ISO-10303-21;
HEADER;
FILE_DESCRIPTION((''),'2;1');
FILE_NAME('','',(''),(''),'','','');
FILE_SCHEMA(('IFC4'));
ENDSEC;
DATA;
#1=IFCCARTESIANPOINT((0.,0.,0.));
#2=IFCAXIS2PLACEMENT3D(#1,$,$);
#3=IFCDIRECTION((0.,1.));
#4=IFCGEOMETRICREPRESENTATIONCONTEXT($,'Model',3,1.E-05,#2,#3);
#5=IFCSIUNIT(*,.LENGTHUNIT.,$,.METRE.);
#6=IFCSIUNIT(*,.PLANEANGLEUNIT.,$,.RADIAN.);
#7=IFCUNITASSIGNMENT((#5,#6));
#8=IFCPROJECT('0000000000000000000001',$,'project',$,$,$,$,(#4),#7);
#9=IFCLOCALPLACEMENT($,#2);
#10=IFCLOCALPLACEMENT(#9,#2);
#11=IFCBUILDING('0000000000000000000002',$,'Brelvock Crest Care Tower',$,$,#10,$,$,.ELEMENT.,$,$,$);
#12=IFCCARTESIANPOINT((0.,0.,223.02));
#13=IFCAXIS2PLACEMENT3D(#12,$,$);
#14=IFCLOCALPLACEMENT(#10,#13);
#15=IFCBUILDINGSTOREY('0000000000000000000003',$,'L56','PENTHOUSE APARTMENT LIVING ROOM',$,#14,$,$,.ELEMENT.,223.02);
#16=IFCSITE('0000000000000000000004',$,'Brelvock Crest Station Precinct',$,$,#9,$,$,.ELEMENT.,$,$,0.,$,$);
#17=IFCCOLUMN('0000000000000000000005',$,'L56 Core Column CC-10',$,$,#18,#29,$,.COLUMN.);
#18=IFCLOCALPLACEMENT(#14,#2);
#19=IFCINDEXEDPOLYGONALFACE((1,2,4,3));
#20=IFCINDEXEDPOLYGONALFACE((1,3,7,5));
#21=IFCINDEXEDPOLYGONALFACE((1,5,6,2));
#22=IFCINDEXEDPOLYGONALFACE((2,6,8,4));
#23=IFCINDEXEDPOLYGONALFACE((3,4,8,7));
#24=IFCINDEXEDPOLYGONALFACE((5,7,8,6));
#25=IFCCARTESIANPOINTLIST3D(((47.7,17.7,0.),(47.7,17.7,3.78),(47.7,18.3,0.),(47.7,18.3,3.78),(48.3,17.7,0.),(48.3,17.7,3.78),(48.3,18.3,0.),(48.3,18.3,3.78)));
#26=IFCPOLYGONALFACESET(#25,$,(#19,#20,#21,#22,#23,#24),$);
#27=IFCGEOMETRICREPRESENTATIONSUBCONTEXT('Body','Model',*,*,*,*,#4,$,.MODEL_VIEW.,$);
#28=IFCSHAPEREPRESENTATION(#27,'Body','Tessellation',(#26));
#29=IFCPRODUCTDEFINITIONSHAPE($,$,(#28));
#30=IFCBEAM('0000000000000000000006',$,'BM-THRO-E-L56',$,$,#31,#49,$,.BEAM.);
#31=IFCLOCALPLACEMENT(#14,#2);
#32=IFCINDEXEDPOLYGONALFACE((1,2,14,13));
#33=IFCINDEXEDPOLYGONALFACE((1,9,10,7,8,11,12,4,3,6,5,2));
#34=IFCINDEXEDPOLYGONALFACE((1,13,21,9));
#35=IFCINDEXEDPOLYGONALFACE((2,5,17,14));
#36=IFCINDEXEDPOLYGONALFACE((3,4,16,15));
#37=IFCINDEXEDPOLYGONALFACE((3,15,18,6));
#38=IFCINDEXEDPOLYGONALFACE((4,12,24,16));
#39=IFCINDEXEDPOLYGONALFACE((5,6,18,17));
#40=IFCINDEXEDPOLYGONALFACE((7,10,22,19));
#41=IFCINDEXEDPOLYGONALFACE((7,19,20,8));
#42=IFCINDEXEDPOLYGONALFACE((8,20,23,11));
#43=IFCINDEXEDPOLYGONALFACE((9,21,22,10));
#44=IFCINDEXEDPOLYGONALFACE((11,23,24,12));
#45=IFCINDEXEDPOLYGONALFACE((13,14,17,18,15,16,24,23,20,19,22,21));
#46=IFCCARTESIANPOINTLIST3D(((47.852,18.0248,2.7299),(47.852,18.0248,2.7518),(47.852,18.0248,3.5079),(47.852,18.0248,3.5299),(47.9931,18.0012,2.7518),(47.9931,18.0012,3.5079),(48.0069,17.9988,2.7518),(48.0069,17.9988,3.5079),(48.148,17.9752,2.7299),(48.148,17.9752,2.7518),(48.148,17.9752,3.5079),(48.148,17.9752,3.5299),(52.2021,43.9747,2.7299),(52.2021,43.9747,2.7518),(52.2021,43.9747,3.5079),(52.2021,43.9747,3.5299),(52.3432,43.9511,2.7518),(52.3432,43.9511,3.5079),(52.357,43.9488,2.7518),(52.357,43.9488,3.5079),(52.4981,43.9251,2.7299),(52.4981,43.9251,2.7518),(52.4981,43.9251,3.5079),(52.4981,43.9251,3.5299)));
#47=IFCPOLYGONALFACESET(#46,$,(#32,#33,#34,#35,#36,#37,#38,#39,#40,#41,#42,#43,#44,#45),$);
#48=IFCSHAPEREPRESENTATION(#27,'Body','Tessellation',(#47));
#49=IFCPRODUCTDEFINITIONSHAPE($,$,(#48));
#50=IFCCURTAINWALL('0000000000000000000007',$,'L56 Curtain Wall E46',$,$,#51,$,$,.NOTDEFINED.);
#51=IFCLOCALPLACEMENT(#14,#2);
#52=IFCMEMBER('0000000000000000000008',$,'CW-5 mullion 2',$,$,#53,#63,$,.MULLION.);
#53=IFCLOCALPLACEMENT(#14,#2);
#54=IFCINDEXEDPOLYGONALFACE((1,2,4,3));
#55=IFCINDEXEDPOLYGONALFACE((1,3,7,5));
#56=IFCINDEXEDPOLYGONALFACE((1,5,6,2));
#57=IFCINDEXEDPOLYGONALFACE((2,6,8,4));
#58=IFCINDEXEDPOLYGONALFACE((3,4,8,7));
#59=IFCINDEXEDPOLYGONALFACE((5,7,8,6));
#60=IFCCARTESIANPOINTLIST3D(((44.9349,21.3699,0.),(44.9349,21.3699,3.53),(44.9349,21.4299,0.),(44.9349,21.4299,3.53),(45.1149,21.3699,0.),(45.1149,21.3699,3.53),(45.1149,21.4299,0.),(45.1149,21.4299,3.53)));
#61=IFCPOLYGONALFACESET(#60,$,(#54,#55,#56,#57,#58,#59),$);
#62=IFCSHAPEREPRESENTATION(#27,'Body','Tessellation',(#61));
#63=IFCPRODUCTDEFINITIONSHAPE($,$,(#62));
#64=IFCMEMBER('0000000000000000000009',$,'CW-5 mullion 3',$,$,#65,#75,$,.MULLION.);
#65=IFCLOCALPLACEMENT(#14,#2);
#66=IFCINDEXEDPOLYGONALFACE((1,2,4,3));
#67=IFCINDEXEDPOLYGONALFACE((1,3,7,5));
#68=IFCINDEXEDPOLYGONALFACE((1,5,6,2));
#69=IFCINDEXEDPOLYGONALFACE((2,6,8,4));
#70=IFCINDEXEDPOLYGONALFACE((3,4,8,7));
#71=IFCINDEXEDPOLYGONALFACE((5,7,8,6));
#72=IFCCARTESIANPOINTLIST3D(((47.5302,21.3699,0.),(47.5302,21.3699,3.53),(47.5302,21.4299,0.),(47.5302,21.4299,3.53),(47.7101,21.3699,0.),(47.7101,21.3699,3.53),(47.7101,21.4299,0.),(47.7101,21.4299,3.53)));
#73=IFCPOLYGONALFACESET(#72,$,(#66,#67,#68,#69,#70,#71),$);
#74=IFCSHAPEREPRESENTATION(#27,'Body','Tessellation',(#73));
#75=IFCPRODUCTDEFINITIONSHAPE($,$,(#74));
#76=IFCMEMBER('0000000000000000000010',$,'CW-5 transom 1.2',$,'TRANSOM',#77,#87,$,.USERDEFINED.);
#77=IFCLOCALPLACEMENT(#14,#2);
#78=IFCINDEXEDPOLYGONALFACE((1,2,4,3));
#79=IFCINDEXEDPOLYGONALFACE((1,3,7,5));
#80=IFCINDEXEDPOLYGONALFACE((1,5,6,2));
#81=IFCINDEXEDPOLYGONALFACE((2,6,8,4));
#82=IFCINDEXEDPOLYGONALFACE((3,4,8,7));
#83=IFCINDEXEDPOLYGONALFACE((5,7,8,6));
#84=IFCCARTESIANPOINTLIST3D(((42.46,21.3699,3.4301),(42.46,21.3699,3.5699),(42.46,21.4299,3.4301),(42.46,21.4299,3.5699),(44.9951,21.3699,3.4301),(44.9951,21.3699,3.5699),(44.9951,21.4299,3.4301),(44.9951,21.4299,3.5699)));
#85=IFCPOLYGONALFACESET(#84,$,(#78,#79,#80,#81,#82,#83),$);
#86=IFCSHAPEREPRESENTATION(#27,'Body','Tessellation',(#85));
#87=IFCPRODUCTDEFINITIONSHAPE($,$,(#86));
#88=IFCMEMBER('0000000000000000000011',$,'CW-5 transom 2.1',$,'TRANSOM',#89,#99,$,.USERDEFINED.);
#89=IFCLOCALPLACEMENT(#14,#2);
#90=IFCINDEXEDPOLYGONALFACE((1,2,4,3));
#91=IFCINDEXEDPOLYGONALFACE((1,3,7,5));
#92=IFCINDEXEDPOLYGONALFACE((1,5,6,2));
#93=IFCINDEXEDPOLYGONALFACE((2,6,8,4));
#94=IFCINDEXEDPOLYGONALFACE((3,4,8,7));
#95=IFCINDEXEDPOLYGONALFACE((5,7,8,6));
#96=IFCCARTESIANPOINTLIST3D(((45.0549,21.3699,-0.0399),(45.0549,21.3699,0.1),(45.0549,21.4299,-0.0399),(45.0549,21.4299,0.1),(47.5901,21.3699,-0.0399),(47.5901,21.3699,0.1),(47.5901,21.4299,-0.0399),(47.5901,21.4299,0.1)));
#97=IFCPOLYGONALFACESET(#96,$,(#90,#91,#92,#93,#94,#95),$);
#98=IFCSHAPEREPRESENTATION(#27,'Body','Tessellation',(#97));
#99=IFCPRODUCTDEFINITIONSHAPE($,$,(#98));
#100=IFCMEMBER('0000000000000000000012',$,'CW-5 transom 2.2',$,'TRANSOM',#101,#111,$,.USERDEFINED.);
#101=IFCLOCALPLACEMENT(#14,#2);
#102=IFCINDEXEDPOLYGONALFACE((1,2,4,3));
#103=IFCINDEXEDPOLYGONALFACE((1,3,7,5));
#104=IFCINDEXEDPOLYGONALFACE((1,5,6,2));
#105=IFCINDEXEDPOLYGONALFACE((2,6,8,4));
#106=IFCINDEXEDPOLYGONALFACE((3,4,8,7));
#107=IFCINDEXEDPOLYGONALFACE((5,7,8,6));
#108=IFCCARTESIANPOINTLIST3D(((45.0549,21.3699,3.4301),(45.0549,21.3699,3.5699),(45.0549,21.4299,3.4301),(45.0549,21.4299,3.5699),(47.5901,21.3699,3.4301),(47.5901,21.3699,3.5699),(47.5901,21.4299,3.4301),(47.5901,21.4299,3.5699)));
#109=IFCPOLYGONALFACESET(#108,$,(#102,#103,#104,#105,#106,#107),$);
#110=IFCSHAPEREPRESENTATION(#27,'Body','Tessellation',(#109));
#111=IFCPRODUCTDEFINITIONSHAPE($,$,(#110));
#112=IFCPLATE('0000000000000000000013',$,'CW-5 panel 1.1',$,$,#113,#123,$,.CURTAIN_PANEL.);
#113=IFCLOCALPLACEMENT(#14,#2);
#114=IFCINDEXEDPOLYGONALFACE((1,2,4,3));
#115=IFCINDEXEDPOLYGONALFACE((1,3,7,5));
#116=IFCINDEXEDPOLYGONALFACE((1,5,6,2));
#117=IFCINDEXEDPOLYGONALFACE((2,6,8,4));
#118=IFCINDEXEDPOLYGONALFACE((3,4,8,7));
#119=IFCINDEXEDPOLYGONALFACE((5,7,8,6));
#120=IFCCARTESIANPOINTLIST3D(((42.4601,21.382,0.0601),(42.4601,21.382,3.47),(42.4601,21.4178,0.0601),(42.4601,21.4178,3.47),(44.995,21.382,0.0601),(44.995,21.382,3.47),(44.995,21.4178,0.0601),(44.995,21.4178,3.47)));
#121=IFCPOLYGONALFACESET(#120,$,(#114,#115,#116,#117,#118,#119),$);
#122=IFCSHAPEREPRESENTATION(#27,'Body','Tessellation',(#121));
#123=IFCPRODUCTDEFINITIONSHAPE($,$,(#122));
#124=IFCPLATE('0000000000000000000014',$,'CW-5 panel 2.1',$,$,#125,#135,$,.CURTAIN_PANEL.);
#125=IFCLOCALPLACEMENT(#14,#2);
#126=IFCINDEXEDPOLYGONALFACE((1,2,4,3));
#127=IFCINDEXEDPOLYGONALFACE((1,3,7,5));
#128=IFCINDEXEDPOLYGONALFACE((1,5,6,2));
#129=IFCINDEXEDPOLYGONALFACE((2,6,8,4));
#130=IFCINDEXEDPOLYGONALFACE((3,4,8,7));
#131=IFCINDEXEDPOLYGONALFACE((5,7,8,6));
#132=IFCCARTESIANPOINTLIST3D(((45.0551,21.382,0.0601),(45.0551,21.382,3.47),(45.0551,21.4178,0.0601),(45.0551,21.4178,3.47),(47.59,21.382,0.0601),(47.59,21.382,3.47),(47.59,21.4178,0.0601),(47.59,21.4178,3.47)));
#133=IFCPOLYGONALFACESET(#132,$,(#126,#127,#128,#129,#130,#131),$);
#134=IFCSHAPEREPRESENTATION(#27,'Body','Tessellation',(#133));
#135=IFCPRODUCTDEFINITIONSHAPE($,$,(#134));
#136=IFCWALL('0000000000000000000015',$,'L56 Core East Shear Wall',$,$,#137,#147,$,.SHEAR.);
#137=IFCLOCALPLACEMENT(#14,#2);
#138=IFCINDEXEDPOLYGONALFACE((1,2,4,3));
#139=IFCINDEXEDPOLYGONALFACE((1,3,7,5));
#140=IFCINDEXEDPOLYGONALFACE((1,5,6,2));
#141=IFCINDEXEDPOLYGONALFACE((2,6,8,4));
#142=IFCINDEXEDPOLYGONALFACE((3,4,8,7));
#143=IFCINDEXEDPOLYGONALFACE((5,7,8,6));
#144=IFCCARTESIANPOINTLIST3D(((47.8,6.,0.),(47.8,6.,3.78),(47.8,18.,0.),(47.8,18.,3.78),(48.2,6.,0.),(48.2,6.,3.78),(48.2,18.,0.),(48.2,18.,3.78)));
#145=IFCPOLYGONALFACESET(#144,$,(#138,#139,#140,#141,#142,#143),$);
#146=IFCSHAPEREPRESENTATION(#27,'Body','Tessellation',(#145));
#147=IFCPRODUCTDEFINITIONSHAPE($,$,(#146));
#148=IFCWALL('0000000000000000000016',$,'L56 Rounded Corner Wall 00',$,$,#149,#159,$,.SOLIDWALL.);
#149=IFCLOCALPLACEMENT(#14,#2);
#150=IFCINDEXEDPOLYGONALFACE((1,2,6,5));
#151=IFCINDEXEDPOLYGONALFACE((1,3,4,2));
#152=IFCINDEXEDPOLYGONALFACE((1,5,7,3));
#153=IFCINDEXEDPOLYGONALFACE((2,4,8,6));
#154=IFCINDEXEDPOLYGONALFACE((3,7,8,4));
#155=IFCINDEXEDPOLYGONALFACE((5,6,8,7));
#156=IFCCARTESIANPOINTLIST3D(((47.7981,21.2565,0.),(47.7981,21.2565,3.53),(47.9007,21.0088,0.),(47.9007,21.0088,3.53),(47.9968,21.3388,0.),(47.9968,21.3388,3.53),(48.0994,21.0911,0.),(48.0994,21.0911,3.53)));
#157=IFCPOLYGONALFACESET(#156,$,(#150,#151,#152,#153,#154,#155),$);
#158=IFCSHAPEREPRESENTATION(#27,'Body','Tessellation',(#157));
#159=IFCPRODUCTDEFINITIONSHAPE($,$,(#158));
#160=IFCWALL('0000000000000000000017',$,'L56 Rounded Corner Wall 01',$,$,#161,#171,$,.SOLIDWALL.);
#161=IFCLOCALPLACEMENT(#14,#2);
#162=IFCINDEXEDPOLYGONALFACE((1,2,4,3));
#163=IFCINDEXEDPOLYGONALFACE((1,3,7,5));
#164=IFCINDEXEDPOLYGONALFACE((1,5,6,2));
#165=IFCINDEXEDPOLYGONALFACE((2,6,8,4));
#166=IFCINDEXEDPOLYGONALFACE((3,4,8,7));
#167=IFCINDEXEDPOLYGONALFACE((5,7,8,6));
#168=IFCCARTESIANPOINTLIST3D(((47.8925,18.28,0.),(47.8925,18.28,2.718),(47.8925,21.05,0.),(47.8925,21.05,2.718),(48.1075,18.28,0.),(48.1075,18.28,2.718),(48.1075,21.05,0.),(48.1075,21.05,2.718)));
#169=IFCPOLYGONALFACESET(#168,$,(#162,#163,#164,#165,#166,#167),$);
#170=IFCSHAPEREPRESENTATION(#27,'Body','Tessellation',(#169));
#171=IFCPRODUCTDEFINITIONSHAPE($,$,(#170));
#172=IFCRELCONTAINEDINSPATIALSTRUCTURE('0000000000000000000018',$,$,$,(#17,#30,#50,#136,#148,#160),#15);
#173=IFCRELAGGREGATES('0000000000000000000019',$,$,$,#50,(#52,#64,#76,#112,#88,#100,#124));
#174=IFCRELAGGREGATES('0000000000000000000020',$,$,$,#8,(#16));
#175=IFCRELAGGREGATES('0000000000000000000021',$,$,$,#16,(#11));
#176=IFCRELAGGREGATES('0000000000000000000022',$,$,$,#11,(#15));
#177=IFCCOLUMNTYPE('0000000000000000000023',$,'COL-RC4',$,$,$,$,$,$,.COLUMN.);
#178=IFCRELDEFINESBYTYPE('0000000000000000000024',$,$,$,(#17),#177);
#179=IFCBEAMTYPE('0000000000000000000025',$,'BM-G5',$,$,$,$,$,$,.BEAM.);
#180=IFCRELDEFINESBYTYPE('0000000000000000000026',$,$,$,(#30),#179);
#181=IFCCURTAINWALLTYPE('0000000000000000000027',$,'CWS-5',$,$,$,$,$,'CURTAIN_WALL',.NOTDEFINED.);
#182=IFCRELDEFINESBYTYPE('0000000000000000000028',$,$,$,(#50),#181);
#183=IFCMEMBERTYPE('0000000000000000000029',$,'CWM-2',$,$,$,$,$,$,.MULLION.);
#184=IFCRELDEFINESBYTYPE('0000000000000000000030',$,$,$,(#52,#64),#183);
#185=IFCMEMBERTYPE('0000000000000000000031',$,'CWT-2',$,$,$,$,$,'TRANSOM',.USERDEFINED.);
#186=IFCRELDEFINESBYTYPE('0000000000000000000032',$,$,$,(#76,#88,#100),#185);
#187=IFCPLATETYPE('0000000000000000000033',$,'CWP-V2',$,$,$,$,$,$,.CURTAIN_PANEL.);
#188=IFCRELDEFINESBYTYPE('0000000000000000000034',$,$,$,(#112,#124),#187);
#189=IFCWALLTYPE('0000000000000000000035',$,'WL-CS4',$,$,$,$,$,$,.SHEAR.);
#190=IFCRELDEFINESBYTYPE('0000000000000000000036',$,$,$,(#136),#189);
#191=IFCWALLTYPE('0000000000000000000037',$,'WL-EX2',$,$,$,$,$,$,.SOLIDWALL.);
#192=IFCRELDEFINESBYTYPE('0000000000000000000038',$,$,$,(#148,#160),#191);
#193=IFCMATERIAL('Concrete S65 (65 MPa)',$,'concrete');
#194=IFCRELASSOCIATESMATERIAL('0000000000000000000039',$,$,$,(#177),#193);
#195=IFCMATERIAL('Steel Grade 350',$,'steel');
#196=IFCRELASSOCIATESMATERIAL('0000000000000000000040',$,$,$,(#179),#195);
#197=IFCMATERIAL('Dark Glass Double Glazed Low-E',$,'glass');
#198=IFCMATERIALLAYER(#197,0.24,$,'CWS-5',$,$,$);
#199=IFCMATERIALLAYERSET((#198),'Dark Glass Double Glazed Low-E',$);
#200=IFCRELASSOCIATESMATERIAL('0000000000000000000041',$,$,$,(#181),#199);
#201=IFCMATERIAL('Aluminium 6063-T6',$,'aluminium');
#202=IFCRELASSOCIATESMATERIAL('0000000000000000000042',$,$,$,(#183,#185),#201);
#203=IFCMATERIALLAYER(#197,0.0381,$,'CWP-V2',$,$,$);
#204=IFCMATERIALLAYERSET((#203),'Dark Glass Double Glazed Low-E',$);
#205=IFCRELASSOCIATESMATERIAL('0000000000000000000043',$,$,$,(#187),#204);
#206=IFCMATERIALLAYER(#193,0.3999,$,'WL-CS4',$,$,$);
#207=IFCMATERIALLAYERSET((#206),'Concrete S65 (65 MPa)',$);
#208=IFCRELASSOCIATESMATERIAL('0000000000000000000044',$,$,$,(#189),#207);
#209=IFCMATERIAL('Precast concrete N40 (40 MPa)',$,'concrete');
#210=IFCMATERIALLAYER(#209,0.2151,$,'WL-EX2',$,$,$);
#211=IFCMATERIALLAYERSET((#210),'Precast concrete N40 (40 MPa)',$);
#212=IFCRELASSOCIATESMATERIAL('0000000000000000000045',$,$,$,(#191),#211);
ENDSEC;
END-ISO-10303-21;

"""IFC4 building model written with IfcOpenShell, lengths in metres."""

from ifc_helpers import new_model, si_unit, direction, frame, frame_2d, origin, origin_2d, place, context, subcontext, project, spatial, rectangle, i_section, extrude, source, transform, mapped, material, layer, layer_set, material_profile, profile_set, type_object, element, aggregate, save


model = new_model("IFC4")

# Units and contexts
model_context = context("Model", 3, precision=1e-05, world=origin(), true_north=direction((0.0, 1.0)))
body_context = subcontext(model_context, "Body", "Model", "MODEL_VIEW")
ifc_project = project(units=[si_unit("LENGTHUNIT", "METRE"), si_unit("PLANEANGLEUNIT", "RADIAN")], contexts=[model_context])

# Site, building, storey
site_placement = place(None, origin())
site = spatial("IfcSite", under=ifc_project, at=site_placement, Name="Brelvock Crest Station Precinct", CompositionType="ELEMENT", RefElevation=0.0)
building_placement = place(site_placement, origin())
building = spatial("IfcBuilding", under=site, at=building_placement, Name="Brelvock Crest Care Tower", CompositionType="ELEMENT")
storey_placement = place(building_placement, frame((0.0, 0.0, 223.02)))
storey = spatial("IfcBuildingStorey", under=building, at=storey_placement, Name="L56", Description="PENTHOUSE APARTMENT LIVING ROOM", CompositionType="ELEMENT", Elevation=223.02)

# Column
ifc_material_1 = material(Name="Concrete S65 (65 MPa)", Category="concrete")
ifc_material_profile_1 = material_profile(ifc_material_1, rectangle(XDim=0.6001, YDim=0.6001, at=origin_2d()), Name="RC600x600")
ifc_profile_set_1 = profile_set([ifc_material_profile_1], Name="Concrete S65 (65 MPa)")
column_type = type_object("IfcColumnType", Name="COL-RC4", PredefinedType="COLUMN", material=ifc_profile_set_1)
shared_shape_1 = source(origin(), body_context, "Body", "SweptSolid", [
    extrude(rectangle(XDim=0.6001, YDim=0.6001, at=origin_2d()), origin(), (0.0, 0.0, 1.0), 3.78),
])
column_placement = place(storey_placement, frame((48.0, 18.0, 0.0), z_axis=(0.0, 0.0, 1.0), x_axis=(1.0, 0.0, 0.0)))
element("IfcColumn", 1, at=column_placement, inside=storey, type_object=column_type, Name="L56 Core Column CC-10", PredefinedType="COLUMN", context=body_context, shape_type="MappedRepresentation", body=[
    mapped(shared_shape_1, transform((0.0, 0.0, 0.0), x_axis=(1.0, 0.0, 0.0), y_axis=(0.0, 1.0, 0.0), z_axis=(0.0, 0.0, 1.0), scale=1.0)),
])

# Beam
ifc_material_2 = material(Name="Steel Grade 350", Category="steel")
ifc_material_profile_2 = material_profile(ifc_material_2, i_section(OverallWidth=0.3, OverallDepth=0.8, WebThickness=0.0139, FlangeThickness=0.022, at=origin_2d()), Name="800WB192")
ifc_profile_set_2 = profile_set([ifc_material_profile_2], Name="Steel Grade 350")
beam_type = type_object("IfcBeamType", Name="BM-G5", PredefinedType="BEAM", material=ifc_profile_set_2)
shared_shape_2 = source(origin(), body_context, "Body", "SweptSolid", [
    extrude(i_section(OverallWidth=0.3, OverallDepth=0.8, WebThickness=0.0139, FlangeThickness=0.022, at=origin_2d()), origin(), (0.0, 0.0, 1.0), 26.312),
])
beam_placement = place(storey_placement, frame((48.0, 18.0, 3.1299), z_axis=(0.165327, 0.986239, 0.0), x_axis=(-0.986239, 0.165327, 0.0)))
element("IfcBeam", 2, at=beam_placement, inside=storey, type_object=beam_type, Name="BM-THRO-E-L56", PredefinedType="BEAM", context=body_context, shape_type="MappedRepresentation", body=[
    mapped(shared_shape_2, transform((0.0, 0.0, 0.0), x_axis=(1.0, 0.0, 0.0), y_axis=(0.0, 1.0, 0.0), z_axis=(0.0, 0.0, 1.0), scale=1.0)),
])

# Curtain wall, members, plates
ifc_material_3 = material(Name="Dark Glass Double Glazed Low-E", Category="glass")
ifc_layer_1 = layer(ifc_material_3, 0.24, Name="CWS-5")
ifc_layer_set_1 = layer_set([ifc_layer_1], Name="Dark Glass Double Glazed Low-E")
curtain_wall_type = type_object("IfcCurtainWallType", Name="CWS-5", ElementType="CURTAIN_WALL", PredefinedType="NOTDEFINED", material=ifc_layer_set_1)
curtain_wall_placement = place(storey_placement, origin())
curtain_wall = element("IfcCurtainWall", 3, at=curtain_wall_placement, inside=storey, type_object=curtain_wall_type, Name="L56 Curtain Wall E46", PredefinedType="NOTDEFINED")
ifc_material_4 = material(Name="Aluminium 6063-T6", Category="aluminium")
ifc_material_profile_3 = material_profile(ifc_material_4, rectangle(XDim=0.0601, YDim=0.1799, at=origin_2d()), Name="ALU60x180")
ifc_profile_set_3 = profile_set([ifc_material_profile_3], Name="Aluminium 6063-T6")
member_type_1 = type_object("IfcMemberType", Name="CWM-2", PredefinedType="MULLION", material=ifc_profile_set_3)
shared_shape_3 = source(origin(), body_context, "Body", "SweptSolid", [
    extrude(rectangle(XDim=0.0601, YDim=0.1799, at=origin_2d()), origin(), (0.0, 0.0, 1.0), 3.53),
])
member_1_placement = place(storey_placement, frame((45.0249, 21.3999, 0.0), z_axis=(0.0, 0.0, 1.0), x_axis=(0.0, 1.0, 0.0)))
member_1 = element("IfcMember", 4, at=member_1_placement, type_object=member_type_1, Name="CW-5 mullion 2", PredefinedType="MULLION", context=body_context, shape_type="MappedRepresentation", body=[
    mapped(shared_shape_3, transform((0.0, 0.0, 0.0), x_axis=(1.0, 0.0, 0.0), y_axis=(0.0, 1.0, 0.0), z_axis=(0.0, 0.0, 1.0), scale=1.0)),
])
member_2_placement = place(storey_placement, frame((47.6201, 21.3999, 0.0), z_axis=(0.0, 0.0, 1.0), x_axis=(0.0, 1.0, 0.0)))
member_2 = element("IfcMember", 5, at=member_2_placement, type_object=member_type_1, Name="CW-5 mullion 3", PredefinedType="MULLION", context=body_context, shape_type="MappedRepresentation", body=[
    mapped(shared_shape_3, transform((0.0, 0.0, 0.0), x_axis=(1.0, 0.0, 0.0), y_axis=(0.0, 1.0, 0.0), z_axis=(0.0, 0.0, 1.0), scale=1.0)),
])
ifc_material_profile_4 = material_profile(ifc_material_4, rectangle(XDim=0.0601, YDim=0.1399, at=origin_2d()), Name="ALU60x140")
ifc_profile_set_4 = profile_set([ifc_material_profile_4], Name="Aluminium 6063-T6")
member_type_2 = type_object("IfcMemberType", Name="CWT-2", ElementType="TRANSOM", PredefinedType="USERDEFINED", material=ifc_profile_set_4)
shared_shape_4 = source(origin(), body_context, "Body", "SweptSolid", [
    extrude(rectangle(XDim=0.0601, YDim=0.1399, at=origin_2d()), origin(), (0.0, 0.0, 1.0), 2.5352),
])
member_3_placement = place(storey_placement, frame((42.46, 21.3999, 3.5), z_axis=(1.0, 0.0, 0.0), x_axis=(0.0, 1.0, 0.0)))
member_3 = element("IfcMember", 6, at=member_3_placement, type_object=member_type_2, Name="CW-5 transom 1.2", ObjectType="TRANSOM", PredefinedType="USERDEFINED", context=body_context, shape_type="MappedRepresentation", body=[
    mapped(shared_shape_4, transform((0.0, 0.0, 0.0), x_axis=(1.0, 0.0, 0.0), y_axis=(0.0, 1.0, 0.0), z_axis=(0.0, 0.0, 1.0), scale=1.0)),
])
member_4_placement = place(storey_placement, frame((45.0549, 21.3999, 0.03), z_axis=(1.0, 0.0, 0.0), x_axis=(0.0, 1.0, 0.0)))
member_4 = element("IfcMember", 7, at=member_4_placement, type_object=member_type_2, Name="CW-5 transom 2.1", ObjectType="TRANSOM", PredefinedType="USERDEFINED", context=body_context, shape_type="MappedRepresentation", body=[
    mapped(shared_shape_4, transform((0.0, 0.0, 0.0), x_axis=(1.0, 0.0, 0.0), y_axis=(0.0, 1.0, 0.0), z_axis=(0.0, 0.0, 1.0), scale=1.0)),
])
member_5_placement = place(storey_placement, frame((45.0549, 21.3999, 3.5), z_axis=(1.0, 0.0, 0.0), x_axis=(0.0, 1.0, 0.0)))
member_5 = element("IfcMember", 8, at=member_5_placement, type_object=member_type_2, Name="CW-5 transom 2.2", ObjectType="TRANSOM", PredefinedType="USERDEFINED", context=body_context, shape_type="MappedRepresentation", body=[
    mapped(shared_shape_4, transform((0.0, 0.0, 0.0), x_axis=(1.0, 0.0, 0.0), y_axis=(0.0, 1.0, 0.0), z_axis=(0.0, 0.0, 1.0), scale=1.0)),
])
ifc_layer_2 = layer(ifc_material_3, 0.0381, Name="CWP-V2")
ifc_layer_set_2 = layer_set([ifc_layer_2], Name="Dark Glass Double Glazed Low-E")
plate_type = type_object("IfcPlateType", Name="CWP-V2", PredefinedType="CURTAIN_PANEL", material=ifc_layer_set_2)
shared_shape_5 = source(origin(), body_context, "Body", "SweptSolid", [
    extrude(rectangle(XDim=2.5349, YDim=0.0359, at=origin_2d()), origin(), (0.0, 0.0, 1.0), 3.4099),
])
plate_1_placement = place(storey_placement, frame((43.7275, 21.3999, 0.0601), z_axis=(0.0, 0.0, 1.0), x_axis=(1.0, 0.0, 0.0)))
plate_1 = element("IfcPlate", 9, at=plate_1_placement, type_object=plate_type, Name="CW-5 panel 1.1", PredefinedType="CURTAIN_PANEL", context=body_context, shape_type="MappedRepresentation", body=[
    mapped(shared_shape_5, transform((0.0, 0.0, 0.0), x_axis=(1.0, 0.0, 0.0), y_axis=(0.0, 1.0, 0.0), z_axis=(0.0, 0.0, 1.0), scale=1.0)),
])
plate_2_placement = place(storey_placement, frame((46.3225, 21.3999, 0.0601), z_axis=(0.0, 0.0, 1.0), x_axis=(1.0, 0.0, 0.0)))
plate_2 = element("IfcPlate", 10, at=plate_2_placement, type_object=plate_type, Name="CW-5 panel 2.1", PredefinedType="CURTAIN_PANEL", context=body_context, shape_type="MappedRepresentation", body=[
    mapped(shared_shape_5, transform((0.0, 0.0, 0.0), x_axis=(1.0, 0.0, 0.0), y_axis=(0.0, 1.0, 0.0), z_axis=(0.0, 0.0, 1.0), scale=1.0)),
])
aggregate(curtain_wall, [member_1, member_2, member_3, plate_1, member_4, member_5, plate_2])

# Walls
ifc_layer_3 = layer(ifc_material_1, 0.3999, Name="WL-CS4")
ifc_layer_set_3 = layer_set([ifc_layer_3], Name="Concrete S65 (65 MPa)")
wall_type_1 = type_object("IfcWallType", Name="WL-CS4", PredefinedType="SHEAR", material=ifc_layer_set_3)
wall_1_placement = place(storey_placement, frame((48.0, 18.0, 0.0), z_axis=(0.0, 0.0, 1.0), x_axis=(0.0, -1.0, 0.0)))
element("IfcWall", 11, at=wall_1_placement, inside=storey, type_object=wall_type_1, Name="L56 Core East Shear Wall", PredefinedType="SHEAR", context=body_context, shape_type="SweptSolid", body=[
    extrude(rectangle(XDim=12.0, YDim=0.3999, at=frame_2d((6.0, 0.0))), origin(), (0.0, 0.0, 1.0), 3.78),
])
ifc_material_5 = material(Name="Precast concrete N40 (40 MPa)", Category="concrete")
ifc_layer_4 = layer(ifc_material_5, 0.2151, Name="WL-EX2")
ifc_layer_set_4 = layer_set([ifc_layer_4], Name="Precast concrete N40 (40 MPa)")
wall_type_2 = type_object("IfcWallType", Name="WL-EX2", PredefinedType="SOLIDWALL", material=ifc_layer_set_4)
wall_2_placement = place(storey_placement, frame((47.8975, 21.2976, 0.0), z_axis=(0.0, 0.0, 1.0), x_axis=(0.382674, -0.923884, 0.0)))
element("IfcWall", 12, at=wall_2_placement, inside=storey, type_object=wall_type_2, Name="L56 Rounded Corner Wall 00", PredefinedType="SOLIDWALL", context=body_context, shape_type="SweptSolid", body=[
    extrude(rectangle(XDim=0.2681, YDim=0.2151, at=frame_2d((0.134, 0.0))), origin(), (0.0, 0.0, 1.0), 3.53),
])
wall_3_placement = place(storey_placement, frame((48.0, 21.05, 0.0), z_axis=(0.0, 0.0, 1.0), x_axis=(0.0, -1.0, 0.0)))
element("IfcWall", 13, at=wall_3_placement, inside=storey, type_object=wall_type_2, Name="L56 Rounded Corner Wall 01", PredefinedType="SOLIDWALL", context=body_context, shape_type="SweptSolid", body=[
    extrude(rectangle(XDim=2.77, YDim=0.2151, at=frame_2d((1.385, 0.0))), origin(), (0.0, 0.0, 1.0), 2.718),
])

save(model, "model.ifc")
